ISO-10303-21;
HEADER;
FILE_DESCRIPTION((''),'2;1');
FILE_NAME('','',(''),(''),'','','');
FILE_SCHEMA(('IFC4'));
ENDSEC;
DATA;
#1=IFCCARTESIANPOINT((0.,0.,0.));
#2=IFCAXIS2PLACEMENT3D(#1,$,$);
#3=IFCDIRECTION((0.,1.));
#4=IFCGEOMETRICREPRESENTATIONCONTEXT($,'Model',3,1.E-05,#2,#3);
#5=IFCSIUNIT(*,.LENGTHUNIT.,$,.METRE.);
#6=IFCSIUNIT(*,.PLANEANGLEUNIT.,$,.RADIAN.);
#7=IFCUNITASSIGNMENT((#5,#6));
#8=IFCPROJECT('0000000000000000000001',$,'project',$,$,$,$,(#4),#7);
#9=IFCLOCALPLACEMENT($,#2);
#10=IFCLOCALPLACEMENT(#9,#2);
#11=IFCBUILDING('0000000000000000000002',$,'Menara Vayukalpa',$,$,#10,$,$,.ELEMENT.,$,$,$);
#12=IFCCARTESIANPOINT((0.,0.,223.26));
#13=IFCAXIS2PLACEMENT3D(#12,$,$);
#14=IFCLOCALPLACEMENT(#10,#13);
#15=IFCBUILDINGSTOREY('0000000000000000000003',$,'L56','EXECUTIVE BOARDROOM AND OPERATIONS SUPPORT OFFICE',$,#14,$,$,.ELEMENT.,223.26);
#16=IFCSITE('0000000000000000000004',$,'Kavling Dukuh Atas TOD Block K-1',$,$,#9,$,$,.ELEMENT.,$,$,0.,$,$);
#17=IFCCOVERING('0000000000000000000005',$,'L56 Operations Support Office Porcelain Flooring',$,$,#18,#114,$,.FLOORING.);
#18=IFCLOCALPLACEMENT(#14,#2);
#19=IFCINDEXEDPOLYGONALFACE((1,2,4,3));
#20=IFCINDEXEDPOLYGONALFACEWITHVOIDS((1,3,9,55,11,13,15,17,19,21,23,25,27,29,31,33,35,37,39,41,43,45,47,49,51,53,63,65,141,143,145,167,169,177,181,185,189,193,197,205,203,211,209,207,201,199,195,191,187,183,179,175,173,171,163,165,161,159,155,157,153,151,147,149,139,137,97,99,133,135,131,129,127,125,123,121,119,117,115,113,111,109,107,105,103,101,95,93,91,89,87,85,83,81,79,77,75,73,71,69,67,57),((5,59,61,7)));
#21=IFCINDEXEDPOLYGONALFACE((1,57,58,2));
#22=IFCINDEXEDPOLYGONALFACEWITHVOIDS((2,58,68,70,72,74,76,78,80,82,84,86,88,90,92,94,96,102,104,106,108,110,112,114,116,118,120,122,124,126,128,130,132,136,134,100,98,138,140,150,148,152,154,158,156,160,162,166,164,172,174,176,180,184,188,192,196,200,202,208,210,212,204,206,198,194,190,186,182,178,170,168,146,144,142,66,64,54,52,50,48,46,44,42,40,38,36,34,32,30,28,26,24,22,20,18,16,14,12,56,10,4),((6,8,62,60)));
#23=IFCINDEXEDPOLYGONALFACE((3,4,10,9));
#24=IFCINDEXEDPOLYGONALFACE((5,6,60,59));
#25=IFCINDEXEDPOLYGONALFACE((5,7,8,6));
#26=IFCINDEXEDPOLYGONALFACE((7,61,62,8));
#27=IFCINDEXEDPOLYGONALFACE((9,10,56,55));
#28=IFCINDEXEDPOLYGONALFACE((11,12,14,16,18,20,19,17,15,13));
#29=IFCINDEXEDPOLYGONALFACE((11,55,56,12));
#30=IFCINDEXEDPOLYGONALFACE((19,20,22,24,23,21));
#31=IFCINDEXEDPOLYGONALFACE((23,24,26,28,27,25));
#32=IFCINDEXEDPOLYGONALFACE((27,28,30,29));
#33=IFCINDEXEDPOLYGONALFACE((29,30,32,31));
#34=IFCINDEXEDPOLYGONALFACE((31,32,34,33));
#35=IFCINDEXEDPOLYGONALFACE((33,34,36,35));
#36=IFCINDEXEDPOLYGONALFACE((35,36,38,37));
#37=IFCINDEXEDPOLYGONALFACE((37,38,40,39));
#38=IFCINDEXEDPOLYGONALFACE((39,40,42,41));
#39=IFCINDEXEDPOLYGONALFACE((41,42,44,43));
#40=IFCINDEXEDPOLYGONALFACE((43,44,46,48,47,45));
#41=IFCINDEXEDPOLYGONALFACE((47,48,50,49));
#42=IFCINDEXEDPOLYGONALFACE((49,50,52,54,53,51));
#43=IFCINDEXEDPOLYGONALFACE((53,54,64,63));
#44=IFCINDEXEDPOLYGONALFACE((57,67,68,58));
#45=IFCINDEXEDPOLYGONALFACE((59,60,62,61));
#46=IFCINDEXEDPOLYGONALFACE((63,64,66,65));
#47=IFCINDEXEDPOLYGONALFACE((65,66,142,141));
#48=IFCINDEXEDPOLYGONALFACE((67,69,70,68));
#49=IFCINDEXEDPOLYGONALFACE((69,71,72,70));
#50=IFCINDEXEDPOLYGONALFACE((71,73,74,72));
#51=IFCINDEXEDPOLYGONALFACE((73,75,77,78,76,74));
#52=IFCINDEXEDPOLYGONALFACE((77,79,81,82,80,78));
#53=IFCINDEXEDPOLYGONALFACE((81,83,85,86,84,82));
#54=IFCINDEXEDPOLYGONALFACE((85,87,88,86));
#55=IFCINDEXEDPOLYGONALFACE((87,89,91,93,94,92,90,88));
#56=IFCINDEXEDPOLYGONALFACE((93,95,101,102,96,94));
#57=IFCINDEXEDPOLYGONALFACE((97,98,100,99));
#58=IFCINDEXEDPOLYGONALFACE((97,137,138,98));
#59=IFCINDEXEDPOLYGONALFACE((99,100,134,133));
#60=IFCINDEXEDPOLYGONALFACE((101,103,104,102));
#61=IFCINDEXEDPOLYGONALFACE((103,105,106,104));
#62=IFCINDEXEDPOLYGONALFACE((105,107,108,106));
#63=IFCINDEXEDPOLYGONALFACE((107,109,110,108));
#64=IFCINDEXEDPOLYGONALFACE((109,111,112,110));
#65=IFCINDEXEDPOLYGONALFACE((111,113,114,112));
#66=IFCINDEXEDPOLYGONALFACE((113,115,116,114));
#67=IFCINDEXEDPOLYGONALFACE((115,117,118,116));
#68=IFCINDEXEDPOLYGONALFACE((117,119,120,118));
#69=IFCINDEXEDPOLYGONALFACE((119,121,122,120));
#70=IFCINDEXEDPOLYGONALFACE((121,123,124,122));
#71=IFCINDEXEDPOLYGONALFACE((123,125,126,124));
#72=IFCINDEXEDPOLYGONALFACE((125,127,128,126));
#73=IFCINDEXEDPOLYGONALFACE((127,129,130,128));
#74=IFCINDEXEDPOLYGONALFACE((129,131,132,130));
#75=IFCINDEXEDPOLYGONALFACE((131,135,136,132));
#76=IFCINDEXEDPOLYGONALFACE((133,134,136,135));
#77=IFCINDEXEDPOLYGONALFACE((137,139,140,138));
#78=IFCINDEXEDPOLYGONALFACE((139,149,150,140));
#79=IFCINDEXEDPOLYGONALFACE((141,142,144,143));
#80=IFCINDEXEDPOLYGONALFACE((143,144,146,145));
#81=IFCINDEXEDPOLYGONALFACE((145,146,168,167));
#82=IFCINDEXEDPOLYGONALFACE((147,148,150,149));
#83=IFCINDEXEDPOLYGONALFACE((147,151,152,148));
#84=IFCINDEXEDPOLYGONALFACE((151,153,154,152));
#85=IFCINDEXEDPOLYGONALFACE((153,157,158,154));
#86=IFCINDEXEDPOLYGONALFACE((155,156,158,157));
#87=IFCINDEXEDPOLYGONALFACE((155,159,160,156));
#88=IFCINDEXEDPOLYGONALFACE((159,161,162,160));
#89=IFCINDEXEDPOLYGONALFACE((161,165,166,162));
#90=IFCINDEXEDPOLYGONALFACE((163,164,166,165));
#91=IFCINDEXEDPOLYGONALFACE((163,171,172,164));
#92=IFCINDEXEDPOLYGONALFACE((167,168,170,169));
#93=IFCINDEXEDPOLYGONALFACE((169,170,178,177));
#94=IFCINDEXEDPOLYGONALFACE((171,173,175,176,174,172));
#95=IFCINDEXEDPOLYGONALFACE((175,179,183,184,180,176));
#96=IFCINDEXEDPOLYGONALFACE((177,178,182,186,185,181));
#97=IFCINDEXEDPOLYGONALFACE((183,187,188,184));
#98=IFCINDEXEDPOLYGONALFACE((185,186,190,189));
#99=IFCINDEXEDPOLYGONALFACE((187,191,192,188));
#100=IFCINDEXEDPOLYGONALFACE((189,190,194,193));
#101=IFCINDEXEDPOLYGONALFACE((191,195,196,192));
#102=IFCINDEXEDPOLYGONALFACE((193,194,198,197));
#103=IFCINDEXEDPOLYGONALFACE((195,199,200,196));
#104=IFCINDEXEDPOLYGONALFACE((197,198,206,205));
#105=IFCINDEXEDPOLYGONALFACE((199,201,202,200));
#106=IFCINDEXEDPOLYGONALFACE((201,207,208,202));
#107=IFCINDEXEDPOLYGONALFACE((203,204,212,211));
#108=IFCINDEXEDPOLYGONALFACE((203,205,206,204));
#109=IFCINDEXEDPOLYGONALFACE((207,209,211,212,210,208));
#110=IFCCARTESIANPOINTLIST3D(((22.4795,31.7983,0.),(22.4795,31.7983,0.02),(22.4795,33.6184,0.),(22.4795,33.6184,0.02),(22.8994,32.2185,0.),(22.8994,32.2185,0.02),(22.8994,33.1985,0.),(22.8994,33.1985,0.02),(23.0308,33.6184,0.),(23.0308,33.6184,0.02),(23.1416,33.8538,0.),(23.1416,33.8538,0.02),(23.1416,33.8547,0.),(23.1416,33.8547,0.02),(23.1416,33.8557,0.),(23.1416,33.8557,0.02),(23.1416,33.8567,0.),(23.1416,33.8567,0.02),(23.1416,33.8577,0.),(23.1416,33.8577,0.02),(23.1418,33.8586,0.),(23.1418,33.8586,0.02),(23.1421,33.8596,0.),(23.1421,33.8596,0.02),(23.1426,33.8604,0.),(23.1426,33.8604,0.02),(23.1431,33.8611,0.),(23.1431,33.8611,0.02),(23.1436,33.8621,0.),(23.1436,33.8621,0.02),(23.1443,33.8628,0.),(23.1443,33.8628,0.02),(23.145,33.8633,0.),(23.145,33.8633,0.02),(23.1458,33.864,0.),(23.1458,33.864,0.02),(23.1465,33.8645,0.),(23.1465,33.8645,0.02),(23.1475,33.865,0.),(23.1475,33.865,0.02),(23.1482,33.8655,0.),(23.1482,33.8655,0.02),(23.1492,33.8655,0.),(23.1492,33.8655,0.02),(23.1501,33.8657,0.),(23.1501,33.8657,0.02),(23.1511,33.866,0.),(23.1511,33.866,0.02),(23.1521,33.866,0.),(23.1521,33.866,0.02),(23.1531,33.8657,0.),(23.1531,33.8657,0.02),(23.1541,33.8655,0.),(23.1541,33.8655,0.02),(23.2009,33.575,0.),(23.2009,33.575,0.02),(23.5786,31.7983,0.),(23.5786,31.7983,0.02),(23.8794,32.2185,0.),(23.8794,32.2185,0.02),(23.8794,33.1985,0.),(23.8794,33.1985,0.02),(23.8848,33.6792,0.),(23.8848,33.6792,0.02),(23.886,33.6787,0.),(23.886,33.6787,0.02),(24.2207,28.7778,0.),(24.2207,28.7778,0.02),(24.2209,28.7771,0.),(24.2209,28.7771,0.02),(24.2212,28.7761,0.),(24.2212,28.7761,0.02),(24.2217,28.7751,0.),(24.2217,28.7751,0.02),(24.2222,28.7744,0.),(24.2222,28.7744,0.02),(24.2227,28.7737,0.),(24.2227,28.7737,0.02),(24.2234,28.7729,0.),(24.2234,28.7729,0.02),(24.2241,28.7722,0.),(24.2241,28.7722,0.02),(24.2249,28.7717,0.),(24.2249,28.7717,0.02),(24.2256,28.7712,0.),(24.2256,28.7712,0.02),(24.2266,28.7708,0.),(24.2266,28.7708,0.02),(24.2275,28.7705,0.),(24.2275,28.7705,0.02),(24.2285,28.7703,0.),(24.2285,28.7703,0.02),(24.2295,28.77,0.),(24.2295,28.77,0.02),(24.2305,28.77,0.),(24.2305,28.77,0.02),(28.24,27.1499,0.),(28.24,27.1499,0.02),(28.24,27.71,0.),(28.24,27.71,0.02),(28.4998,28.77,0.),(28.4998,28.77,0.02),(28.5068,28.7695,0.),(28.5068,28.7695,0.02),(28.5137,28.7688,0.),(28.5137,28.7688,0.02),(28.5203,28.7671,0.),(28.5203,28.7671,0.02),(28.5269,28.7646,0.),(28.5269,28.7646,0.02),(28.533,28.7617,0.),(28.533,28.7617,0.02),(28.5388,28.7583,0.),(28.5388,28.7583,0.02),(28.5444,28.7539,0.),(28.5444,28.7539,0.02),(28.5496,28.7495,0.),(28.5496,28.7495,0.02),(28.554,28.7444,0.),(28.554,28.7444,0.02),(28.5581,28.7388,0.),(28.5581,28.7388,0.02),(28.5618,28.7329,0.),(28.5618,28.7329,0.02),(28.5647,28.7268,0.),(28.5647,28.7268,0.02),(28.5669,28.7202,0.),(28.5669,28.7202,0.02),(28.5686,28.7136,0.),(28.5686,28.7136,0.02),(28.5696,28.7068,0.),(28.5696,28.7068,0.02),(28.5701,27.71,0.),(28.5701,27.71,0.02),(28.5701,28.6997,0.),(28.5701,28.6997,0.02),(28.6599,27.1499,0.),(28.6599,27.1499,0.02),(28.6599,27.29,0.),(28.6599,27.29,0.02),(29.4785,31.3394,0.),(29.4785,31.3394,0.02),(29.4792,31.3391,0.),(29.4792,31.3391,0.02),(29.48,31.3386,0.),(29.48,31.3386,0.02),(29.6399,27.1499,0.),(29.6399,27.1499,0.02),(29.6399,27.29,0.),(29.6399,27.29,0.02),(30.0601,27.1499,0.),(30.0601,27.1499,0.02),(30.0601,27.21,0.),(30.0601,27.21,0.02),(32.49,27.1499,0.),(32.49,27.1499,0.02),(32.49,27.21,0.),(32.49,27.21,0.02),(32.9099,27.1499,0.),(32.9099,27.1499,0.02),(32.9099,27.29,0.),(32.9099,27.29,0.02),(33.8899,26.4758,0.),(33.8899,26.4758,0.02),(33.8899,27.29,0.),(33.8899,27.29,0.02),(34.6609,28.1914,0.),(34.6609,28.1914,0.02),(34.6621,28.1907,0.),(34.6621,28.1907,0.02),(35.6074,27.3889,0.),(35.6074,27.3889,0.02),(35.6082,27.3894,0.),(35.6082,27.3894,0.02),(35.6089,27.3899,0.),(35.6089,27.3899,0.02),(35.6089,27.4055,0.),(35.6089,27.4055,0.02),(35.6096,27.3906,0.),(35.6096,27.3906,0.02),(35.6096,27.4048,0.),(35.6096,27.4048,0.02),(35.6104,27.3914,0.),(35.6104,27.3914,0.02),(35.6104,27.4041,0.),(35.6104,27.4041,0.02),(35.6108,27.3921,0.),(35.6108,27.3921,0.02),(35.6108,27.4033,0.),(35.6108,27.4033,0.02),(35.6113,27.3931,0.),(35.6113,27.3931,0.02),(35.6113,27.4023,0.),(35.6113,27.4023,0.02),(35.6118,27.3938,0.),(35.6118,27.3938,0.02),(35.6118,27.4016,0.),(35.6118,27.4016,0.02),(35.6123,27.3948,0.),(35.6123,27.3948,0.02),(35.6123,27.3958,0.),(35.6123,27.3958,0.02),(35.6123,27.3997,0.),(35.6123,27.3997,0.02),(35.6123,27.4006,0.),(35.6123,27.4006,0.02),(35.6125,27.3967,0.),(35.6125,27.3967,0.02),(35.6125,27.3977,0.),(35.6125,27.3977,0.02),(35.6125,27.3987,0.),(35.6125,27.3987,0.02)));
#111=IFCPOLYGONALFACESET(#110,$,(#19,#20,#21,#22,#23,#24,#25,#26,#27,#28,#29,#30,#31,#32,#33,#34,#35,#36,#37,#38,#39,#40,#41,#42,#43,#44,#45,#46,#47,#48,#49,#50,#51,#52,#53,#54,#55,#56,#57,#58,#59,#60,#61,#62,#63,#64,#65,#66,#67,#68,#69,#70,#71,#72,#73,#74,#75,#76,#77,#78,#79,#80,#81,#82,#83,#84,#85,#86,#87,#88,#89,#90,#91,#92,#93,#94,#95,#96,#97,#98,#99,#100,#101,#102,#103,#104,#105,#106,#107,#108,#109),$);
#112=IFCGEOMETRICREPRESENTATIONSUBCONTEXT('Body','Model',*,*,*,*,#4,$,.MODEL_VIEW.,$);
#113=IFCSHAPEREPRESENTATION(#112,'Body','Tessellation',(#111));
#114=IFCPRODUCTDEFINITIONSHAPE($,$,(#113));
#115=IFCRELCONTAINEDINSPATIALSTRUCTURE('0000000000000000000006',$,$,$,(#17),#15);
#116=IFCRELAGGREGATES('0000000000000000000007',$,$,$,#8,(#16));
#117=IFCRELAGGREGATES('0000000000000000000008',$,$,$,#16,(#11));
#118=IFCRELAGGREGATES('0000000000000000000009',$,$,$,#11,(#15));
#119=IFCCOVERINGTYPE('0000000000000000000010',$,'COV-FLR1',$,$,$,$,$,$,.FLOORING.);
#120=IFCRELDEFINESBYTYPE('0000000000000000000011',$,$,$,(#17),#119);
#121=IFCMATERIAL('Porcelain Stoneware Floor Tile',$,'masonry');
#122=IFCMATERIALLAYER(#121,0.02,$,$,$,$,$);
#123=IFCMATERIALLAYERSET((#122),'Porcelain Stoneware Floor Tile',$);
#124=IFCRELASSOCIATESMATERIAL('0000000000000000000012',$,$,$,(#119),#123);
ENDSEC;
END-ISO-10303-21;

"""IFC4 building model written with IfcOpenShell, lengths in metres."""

from ifc_helpers import new_model, si_unit, direction, frame, origin, place, context, subcontext, project, spatial, polyline, outline, extrude, material, layer, layer_set, type_object, element, save


model = new_model("IFC4")

# Units and contexts
model_context = context("Model", 3, precision=1e-05, world=origin(), true_north=direction((0.0, 1.0)))
body_context = subcontext(model_context, "Body", "Model", "MODEL_VIEW")
ifc_project = project(units=[si_unit("LENGTHUNIT", "METRE"), si_unit("PLANEANGLEUNIT", "RADIAN")], contexts=[model_context])

# Site, building, storey
site_placement = place(None, origin())
site = spatial("IfcSite", under=ifc_project, at=site_placement, Name="Kavling Dukuh Atas TOD Block K-1", CompositionType="ELEMENT", RefElevation=0.0)
building_placement = place(site_placement, origin())
building = spatial("IfcBuilding", under=site, at=building_placement, Name="Menara Vayukalpa", CompositionType="ELEMENT")
storey_placement = place(building_placement, frame((0.0, 0.0, 223.26)))
storey = spatial("IfcBuildingStorey", under=building, at=storey_placement, Name="L56", Description="EXECUTIVE BOARDROOM AND OPERATIONS SUPPORT OFFICE", CompositionType="ELEMENT", Elevation=223.26)

# Covering
ifc_material_1 = material(Name="Porcelain Stoneware Floor Tile", Category="masonry")
ifc_layer_1 = layer(ifc_material_1, 0.02)
ifc_layer_set_1 = layer_set([ifc_layer_1], Name="Porcelain Stoneware Floor Tile")
covering_type_1 = type_object("IfcCoveringType", Name="COV-FLR1", PredefinedType="FLOORING", material=ifc_layer_set_1)
covering_1_placement = place(storey_placement, origin())
element("IfcCovering", 1, at=covering_1_placement, inside=storey, type_object=covering_type_1, Name="L56 Operations Support Office Porcelain Flooring", PredefinedType="FLOORING", context=body_context, shape_type="SweptSolid", body=[
    extrude(outline(polyline([(29.6399, 27.1499), (29.6399, 27.29), (28.6599, 27.29), (28.6599, 27.1499), (28.24, 27.1499), (28.24, 27.71), (28.5701, 27.71), (28.5701, 28.6997), (28.5696, 28.7068), (28.5686, 28.7136), (28.5669, 28.7202), (28.5647, 28.7268), (28.5618, 28.7329), (28.5581, 28.7388), (28.554, 28.7444), (28.5496, 28.7495), (28.5444, 28.7539), (28.5388, 28.7583), (28.533, 28.7617), (28.5269, 28.7646), (28.5203, 28.7671), (28.5137, 28.7688), (28.5068, 28.7695), (28.4998, 28.77), (24.2305, 28.77), (24.2295, 28.77), (24.2285, 28.7703), (24.2275, 28.7705), (24.2266, 28.7708), (24.2256, 28.7712), (24.2249, 28.7717), (24.2241, 28.7722), (24.2234, 28.7729), (24.2227, 28.7737), (24.2222, 28.7744), (24.2217, 28.7751), (24.2212, 28.7761), (24.2209, 28.7771), (24.2207, 28.7778), (23.5786, 31.7983), (22.4795, 31.7983), (22.4795, 33.6184), (23.0308, 33.6184), (23.2009, 33.575), (23.1416, 33.8538), (23.1416, 33.8547), (23.1416, 33.8557), (23.1416, 33.8567), (23.1416, 33.8577), (23.1418, 33.8586), (23.1421, 33.8596), (23.1426, 33.8604), (23.1431, 33.8611), (23.1436, 33.8621), (23.1443, 33.8628), (23.145, 33.8633), (23.1458, 33.864), (23.1465, 33.8645), (23.1475, 33.865), (23.1482, 33.8655), (23.1492, 33.8655), (23.1501, 33.8657), (23.1511, 33.866), (23.1521, 33.866), (23.1531, 33.8657), (23.1541, 33.8655), (23.8848, 33.6792), (23.886, 33.6787), (29.4785, 31.3394), (29.4792, 31.3391), (29.48, 31.3386), (34.6609, 28.1914), (34.6621, 28.1907), (35.6089, 27.4055), (35.6096, 27.4048), (35.6104, 27.4041), (35.6108, 27.4033), (35.6113, 27.4023), (35.6118, 27.4016), (35.6123, 27.4006), (35.6123, 27.3997), (35.6125, 27.3987), (35.6125, 27.3977), (35.6125, 27.3967), (35.6123, 27.3958), (35.6123, 27.3948), (35.6118, 27.3938), (35.6113, 27.3931), (35.6108, 27.3921), (35.6104, 27.3914), (35.6096, 27.3906), (35.6089, 27.3899), (35.6082, 27.3894), (35.6074, 27.3889), (33.8899, 26.4758), (33.8899, 27.29), (32.9099, 27.29), (32.9099, 27.1499), (32.49, 27.1499), (32.49, 27.21), (30.0601, 27.21), (30.0601, 27.1499), (29.6399, 27.1499)]), holes=[polyline([(23.8794, 33.1985), (22.8994, 33.1985), (22.8994, 32.2185), (23.8794, 32.2185), (23.8794, 33.1985)])]), origin(), (0.0, 0.0, 1.0), 0.02),
])

save(model, "model.ifc")
